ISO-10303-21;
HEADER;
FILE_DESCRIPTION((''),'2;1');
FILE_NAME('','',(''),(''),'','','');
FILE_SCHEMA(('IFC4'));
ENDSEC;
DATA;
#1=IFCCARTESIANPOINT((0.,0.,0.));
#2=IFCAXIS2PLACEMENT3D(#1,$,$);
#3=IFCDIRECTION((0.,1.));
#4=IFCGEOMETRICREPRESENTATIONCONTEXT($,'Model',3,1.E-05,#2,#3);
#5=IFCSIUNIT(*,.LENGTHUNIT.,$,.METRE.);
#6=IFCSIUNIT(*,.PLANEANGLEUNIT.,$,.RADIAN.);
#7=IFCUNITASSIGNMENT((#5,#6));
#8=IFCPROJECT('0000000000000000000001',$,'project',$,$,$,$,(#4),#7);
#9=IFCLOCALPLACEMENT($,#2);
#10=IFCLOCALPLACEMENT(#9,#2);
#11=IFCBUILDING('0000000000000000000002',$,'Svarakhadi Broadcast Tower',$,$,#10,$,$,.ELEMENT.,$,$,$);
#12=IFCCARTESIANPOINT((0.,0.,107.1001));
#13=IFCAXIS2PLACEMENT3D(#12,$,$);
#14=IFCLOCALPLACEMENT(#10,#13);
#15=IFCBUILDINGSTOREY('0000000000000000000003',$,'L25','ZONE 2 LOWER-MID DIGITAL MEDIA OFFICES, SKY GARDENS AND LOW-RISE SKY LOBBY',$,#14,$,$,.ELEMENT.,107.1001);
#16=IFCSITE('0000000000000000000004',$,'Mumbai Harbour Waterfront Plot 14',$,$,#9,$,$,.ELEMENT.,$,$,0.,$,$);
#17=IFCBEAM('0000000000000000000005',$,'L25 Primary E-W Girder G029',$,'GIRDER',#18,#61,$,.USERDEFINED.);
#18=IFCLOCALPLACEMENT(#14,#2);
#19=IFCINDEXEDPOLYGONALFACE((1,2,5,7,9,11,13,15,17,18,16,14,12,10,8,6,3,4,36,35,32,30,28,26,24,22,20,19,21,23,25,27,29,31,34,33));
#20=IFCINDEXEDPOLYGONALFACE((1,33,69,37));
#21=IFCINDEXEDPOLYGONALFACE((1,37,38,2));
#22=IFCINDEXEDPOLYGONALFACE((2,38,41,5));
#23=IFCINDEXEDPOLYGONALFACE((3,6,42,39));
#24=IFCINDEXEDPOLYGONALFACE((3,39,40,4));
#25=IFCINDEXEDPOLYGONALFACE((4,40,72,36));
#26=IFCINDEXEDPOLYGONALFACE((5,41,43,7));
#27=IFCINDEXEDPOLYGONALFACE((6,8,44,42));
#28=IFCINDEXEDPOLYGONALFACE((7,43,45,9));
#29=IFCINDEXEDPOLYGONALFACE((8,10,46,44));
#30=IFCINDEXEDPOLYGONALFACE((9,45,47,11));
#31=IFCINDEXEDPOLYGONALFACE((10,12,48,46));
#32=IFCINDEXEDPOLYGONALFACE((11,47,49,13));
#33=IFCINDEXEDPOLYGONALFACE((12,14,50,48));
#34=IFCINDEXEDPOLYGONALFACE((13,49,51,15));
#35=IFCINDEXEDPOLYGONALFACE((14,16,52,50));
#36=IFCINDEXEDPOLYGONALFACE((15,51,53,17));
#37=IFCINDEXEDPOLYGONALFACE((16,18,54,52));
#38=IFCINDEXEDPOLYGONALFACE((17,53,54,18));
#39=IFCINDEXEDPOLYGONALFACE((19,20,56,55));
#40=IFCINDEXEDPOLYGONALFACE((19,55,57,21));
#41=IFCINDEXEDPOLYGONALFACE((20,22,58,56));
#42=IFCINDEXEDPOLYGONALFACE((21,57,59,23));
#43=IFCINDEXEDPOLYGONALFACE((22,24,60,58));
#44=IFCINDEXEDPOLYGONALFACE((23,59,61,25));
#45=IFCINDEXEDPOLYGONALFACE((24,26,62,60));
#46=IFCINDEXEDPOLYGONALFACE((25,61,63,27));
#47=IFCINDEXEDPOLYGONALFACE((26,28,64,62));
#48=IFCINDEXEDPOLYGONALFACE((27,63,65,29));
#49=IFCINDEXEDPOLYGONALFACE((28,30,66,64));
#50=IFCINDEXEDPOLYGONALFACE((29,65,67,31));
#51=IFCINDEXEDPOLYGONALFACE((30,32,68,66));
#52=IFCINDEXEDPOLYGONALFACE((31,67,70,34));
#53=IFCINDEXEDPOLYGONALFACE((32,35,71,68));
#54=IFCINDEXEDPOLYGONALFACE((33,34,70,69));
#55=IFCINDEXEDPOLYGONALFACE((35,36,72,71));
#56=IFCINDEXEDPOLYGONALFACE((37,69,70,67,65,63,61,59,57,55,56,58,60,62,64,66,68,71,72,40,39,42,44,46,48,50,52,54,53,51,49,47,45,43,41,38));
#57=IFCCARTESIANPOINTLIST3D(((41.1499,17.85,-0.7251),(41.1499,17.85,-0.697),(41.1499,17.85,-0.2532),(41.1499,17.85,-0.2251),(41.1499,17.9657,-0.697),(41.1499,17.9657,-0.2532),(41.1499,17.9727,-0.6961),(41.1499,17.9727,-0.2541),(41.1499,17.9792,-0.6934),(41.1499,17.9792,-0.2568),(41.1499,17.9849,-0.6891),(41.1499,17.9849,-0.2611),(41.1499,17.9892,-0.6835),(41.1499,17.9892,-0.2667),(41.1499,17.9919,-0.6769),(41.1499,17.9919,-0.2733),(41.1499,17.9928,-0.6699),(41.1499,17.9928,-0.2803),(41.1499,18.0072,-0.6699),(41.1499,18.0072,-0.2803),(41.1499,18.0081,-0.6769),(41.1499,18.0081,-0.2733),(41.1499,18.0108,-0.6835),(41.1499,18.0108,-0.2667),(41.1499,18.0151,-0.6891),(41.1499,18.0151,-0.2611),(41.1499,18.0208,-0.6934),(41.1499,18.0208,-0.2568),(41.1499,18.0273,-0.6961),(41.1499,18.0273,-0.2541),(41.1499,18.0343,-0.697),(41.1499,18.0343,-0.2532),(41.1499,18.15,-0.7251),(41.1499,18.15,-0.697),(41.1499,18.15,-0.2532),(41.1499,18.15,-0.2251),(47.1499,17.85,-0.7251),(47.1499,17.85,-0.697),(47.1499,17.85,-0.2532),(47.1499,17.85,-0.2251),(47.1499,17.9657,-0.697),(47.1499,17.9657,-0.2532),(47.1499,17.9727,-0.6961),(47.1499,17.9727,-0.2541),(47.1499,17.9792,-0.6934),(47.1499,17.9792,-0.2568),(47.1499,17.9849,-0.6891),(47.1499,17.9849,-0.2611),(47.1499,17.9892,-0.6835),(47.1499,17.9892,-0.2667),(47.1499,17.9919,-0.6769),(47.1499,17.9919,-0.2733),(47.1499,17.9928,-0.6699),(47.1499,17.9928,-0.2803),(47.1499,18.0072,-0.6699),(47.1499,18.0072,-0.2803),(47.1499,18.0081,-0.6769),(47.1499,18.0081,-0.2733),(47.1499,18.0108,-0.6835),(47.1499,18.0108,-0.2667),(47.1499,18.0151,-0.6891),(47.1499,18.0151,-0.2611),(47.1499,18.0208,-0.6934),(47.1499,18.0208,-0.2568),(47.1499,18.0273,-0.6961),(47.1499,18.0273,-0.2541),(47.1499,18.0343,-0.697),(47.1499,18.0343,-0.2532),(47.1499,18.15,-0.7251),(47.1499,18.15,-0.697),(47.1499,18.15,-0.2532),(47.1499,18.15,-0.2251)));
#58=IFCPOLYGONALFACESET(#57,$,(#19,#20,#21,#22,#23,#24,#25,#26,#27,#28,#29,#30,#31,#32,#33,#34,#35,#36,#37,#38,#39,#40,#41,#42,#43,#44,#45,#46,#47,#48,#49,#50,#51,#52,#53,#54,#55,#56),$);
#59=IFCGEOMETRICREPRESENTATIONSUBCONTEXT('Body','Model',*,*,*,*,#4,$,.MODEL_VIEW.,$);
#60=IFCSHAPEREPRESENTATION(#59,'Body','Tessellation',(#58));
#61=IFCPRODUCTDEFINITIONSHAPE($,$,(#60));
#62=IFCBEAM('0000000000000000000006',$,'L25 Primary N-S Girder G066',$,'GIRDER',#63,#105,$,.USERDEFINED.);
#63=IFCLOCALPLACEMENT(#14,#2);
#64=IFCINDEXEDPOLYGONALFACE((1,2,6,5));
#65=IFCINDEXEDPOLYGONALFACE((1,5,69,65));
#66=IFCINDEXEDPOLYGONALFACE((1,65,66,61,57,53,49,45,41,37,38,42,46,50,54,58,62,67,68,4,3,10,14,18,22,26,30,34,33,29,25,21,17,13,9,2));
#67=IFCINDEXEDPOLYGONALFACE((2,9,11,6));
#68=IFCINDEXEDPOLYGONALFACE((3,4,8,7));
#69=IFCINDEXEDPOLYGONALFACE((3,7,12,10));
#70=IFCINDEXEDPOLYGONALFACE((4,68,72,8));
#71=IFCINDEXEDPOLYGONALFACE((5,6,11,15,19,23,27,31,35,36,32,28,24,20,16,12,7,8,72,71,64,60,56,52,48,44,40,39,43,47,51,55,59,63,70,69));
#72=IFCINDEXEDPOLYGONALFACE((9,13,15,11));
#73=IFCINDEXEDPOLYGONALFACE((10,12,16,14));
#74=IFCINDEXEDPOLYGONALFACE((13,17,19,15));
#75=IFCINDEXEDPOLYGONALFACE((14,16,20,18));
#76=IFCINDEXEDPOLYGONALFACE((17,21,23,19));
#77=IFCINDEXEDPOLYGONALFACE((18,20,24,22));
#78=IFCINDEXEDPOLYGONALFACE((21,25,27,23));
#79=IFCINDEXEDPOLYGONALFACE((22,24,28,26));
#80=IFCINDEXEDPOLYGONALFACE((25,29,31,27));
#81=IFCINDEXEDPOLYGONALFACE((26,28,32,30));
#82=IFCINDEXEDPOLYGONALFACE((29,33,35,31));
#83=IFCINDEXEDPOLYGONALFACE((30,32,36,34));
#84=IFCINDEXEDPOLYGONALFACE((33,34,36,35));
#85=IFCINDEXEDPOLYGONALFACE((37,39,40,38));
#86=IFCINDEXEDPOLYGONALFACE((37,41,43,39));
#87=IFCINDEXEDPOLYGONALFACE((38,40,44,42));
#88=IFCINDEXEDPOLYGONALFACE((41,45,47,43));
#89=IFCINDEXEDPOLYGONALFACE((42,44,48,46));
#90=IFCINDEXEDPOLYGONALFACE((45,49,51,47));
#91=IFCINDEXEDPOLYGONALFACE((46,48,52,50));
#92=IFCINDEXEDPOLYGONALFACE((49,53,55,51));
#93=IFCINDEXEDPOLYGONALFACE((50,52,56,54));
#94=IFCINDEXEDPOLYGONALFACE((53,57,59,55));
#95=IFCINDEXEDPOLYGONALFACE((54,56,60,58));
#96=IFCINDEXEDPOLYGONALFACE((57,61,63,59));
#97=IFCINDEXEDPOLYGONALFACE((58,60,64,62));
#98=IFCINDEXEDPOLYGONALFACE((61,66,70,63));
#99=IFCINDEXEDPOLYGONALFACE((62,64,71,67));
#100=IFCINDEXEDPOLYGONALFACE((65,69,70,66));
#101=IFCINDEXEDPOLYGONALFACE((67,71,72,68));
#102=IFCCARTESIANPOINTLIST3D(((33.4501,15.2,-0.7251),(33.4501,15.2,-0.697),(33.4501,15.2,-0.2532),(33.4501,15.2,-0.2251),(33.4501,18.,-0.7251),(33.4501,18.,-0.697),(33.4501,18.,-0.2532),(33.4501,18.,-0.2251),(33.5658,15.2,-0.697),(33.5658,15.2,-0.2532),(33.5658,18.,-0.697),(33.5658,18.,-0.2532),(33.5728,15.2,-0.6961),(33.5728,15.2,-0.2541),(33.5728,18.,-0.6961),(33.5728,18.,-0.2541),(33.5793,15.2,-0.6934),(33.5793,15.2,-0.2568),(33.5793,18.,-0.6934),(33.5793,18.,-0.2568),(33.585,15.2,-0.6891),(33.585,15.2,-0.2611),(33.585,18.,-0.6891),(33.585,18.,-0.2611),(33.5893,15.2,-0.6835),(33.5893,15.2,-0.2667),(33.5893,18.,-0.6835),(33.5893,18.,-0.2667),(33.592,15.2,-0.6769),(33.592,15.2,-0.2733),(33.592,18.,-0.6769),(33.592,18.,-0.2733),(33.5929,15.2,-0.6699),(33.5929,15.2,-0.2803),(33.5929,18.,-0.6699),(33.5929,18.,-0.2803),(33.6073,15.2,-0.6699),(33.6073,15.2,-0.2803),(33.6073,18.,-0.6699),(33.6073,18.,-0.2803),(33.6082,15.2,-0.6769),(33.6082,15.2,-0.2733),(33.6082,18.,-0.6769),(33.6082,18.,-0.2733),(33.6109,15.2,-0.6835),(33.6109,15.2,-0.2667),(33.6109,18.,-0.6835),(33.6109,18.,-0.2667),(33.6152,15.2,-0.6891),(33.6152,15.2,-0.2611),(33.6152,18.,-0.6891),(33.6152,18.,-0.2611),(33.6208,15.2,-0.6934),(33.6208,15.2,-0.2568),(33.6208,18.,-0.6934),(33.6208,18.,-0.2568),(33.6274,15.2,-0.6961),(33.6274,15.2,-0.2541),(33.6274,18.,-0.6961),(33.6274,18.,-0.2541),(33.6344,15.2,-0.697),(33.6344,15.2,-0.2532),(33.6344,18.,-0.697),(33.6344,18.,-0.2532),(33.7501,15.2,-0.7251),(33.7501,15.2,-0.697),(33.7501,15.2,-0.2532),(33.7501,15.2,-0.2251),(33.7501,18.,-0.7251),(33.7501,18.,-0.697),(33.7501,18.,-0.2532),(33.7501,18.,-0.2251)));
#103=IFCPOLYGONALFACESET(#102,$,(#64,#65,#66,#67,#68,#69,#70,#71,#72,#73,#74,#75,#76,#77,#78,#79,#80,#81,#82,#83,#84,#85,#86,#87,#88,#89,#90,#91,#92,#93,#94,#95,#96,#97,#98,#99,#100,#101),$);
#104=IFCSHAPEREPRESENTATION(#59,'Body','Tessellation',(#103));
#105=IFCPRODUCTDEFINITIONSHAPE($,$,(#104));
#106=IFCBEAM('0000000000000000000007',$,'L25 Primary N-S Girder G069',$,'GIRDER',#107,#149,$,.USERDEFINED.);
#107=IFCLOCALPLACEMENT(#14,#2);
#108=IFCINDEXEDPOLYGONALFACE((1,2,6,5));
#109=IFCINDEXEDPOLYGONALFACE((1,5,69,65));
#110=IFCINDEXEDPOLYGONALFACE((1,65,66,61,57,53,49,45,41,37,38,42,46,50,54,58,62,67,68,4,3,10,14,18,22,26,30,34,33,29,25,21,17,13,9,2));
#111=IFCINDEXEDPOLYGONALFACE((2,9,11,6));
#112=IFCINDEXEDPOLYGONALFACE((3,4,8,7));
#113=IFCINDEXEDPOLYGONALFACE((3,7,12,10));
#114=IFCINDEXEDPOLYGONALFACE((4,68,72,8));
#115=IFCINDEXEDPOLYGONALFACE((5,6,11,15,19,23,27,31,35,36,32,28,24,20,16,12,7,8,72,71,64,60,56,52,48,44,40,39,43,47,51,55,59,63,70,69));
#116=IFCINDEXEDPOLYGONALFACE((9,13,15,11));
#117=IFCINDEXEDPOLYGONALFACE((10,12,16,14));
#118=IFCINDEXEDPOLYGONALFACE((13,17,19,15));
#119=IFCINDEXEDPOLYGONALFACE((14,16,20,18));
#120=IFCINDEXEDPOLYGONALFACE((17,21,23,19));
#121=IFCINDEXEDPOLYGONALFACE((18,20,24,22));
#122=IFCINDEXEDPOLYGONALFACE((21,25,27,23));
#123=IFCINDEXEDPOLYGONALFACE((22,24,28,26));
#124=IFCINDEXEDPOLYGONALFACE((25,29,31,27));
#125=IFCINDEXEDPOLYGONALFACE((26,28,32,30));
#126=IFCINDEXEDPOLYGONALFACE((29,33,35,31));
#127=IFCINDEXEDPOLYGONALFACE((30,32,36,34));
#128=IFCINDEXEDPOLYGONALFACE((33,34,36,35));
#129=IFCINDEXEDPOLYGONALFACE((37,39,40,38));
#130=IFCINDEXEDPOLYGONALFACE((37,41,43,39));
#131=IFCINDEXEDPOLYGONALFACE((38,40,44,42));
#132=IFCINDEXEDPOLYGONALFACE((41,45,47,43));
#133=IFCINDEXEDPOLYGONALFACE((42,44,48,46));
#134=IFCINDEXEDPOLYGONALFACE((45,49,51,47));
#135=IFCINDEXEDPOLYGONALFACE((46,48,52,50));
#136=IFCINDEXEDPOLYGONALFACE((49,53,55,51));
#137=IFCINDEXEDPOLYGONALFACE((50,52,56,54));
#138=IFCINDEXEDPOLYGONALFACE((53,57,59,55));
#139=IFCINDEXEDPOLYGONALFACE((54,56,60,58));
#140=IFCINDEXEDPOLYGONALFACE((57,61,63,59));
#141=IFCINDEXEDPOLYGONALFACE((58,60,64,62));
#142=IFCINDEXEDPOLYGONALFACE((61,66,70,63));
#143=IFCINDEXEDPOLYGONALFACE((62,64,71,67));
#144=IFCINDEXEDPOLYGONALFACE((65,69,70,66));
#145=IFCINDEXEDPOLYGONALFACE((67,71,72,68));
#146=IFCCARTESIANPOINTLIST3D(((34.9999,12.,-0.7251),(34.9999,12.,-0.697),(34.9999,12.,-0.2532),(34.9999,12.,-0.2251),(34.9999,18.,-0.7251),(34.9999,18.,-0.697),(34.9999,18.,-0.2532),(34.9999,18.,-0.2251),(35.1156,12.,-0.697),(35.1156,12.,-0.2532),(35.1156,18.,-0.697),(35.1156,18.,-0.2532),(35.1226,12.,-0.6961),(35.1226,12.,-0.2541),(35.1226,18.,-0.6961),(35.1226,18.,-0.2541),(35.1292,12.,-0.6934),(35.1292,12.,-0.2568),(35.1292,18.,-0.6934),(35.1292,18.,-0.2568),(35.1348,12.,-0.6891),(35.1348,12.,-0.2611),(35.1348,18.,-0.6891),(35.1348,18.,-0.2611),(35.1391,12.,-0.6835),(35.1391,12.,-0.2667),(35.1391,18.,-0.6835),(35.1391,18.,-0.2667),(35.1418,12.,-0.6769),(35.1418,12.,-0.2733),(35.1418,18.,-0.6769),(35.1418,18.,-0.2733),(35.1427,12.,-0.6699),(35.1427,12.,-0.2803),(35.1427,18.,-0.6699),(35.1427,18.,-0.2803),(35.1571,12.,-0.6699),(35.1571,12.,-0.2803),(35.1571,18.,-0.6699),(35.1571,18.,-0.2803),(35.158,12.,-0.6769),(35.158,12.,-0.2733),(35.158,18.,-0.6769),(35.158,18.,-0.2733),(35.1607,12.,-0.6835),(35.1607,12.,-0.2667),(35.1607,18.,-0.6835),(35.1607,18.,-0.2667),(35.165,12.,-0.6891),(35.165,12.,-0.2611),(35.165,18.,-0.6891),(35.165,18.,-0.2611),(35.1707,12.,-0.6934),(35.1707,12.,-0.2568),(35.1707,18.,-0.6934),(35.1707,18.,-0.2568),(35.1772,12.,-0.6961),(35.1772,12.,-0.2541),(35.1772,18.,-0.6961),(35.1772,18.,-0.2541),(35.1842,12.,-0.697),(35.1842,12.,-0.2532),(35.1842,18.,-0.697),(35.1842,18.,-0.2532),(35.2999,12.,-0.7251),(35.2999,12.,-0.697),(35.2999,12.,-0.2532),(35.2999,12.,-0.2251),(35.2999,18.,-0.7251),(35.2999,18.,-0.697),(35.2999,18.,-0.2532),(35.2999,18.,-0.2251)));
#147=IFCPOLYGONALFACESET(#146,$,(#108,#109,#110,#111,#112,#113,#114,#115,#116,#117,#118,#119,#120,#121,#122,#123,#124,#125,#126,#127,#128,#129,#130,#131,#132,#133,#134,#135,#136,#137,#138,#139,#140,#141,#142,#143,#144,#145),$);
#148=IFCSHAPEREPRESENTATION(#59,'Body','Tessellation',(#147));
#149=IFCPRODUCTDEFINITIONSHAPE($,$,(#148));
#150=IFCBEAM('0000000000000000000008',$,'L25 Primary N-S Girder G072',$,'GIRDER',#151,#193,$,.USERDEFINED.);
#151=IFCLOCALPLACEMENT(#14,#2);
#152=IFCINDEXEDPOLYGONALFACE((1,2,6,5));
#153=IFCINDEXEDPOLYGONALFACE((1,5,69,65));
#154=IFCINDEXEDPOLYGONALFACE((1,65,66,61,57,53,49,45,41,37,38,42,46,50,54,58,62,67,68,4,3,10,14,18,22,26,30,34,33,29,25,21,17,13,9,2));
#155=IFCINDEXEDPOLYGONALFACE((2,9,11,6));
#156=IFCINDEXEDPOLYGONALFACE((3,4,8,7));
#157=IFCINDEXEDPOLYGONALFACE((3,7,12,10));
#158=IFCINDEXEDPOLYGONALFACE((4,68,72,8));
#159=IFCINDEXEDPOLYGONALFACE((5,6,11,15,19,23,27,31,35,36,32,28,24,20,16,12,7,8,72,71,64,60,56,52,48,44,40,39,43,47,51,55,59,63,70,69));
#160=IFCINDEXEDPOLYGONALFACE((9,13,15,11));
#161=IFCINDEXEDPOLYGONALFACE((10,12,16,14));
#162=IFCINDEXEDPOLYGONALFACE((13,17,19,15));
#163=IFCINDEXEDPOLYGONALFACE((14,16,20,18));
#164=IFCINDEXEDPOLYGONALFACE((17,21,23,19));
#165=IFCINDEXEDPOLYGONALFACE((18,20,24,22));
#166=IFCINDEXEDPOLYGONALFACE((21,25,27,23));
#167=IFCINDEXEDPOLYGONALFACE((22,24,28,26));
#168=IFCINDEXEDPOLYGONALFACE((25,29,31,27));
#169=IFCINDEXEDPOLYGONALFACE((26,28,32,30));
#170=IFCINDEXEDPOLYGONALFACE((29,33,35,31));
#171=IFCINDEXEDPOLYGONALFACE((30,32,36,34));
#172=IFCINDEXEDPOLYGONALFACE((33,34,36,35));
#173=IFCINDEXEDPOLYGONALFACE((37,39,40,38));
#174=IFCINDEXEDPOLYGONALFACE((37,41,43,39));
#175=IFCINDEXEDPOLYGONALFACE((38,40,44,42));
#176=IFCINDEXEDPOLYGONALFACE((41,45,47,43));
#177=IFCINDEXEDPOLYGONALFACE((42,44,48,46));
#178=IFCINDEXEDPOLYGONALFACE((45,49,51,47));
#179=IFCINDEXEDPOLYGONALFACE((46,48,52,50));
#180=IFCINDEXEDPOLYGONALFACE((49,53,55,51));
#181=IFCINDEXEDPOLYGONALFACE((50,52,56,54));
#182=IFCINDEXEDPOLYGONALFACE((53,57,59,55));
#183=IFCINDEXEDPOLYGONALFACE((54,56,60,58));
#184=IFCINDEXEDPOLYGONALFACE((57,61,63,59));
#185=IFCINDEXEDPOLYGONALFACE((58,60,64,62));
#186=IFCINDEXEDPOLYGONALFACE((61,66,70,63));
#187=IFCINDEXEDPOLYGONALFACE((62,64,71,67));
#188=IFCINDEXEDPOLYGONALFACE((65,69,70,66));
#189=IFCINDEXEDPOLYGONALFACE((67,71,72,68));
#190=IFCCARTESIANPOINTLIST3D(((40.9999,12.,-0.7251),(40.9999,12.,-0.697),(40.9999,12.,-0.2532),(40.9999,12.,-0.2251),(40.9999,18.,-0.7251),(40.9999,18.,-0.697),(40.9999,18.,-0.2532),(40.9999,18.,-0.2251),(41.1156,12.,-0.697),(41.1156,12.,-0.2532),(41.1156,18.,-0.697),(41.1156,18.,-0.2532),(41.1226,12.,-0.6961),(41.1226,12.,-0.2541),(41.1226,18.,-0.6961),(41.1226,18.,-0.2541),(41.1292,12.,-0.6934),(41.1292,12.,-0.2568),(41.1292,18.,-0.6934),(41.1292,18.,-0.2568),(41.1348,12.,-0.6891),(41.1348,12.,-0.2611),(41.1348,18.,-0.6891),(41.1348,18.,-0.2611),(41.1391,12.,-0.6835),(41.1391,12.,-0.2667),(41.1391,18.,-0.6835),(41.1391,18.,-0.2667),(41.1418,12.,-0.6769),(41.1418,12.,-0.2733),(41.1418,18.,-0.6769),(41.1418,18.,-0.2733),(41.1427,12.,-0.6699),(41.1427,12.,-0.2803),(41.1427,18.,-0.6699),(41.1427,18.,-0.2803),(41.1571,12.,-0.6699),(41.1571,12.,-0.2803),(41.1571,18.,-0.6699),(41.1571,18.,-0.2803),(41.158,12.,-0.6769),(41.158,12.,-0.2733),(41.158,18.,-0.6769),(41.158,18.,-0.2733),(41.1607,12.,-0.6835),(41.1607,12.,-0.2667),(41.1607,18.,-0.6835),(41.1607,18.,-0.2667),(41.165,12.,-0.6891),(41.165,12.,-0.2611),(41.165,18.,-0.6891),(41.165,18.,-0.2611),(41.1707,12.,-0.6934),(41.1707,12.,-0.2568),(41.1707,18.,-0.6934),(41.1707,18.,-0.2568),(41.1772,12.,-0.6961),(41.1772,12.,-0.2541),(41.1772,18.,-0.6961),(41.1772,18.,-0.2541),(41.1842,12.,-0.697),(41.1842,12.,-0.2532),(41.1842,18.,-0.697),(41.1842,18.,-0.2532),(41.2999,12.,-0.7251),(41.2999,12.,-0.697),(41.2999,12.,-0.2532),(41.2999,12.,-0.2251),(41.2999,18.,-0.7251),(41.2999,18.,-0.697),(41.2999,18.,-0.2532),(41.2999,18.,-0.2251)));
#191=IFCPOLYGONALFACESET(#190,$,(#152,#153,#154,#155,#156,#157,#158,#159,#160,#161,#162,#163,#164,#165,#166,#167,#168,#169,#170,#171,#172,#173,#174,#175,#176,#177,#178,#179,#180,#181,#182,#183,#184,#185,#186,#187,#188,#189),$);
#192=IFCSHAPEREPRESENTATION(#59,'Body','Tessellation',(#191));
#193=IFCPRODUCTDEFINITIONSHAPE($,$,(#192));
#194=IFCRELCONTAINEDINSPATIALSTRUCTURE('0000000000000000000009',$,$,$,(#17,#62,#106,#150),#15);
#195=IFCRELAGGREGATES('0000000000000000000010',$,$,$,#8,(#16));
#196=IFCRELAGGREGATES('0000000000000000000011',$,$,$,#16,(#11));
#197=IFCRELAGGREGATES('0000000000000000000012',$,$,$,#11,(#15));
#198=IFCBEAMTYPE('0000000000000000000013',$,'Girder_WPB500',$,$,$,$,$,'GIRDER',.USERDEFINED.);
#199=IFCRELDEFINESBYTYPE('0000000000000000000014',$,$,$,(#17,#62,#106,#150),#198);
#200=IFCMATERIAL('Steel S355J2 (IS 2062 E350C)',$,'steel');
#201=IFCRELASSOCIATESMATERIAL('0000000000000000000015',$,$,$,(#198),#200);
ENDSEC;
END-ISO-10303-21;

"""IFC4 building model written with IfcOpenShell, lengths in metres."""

from ifc_helpers import new_model, si_unit, direction, frame, origin, origin_2d, place, context, subcontext, project, spatial, i_section, extrude, material, material_profile, profile_set, type_object, element, save


model = new_model("IFC4")

# Units and contexts
model_context = context("Model", 3, precision=1e-05, world=origin(), true_north=direction((0.0, 1.0)))
body_context = subcontext(model_context, "Body", "Model", "MODEL_VIEW")
ifc_project = project(units=[si_unit("LENGTHUNIT", "METRE"), si_unit("PLANEANGLEUNIT", "RADIAN")], contexts=[model_context])

# Site, building, storey
site_placement = place(None, origin())
site = spatial("IfcSite", under=ifc_project, at=site_placement, Name="Mumbai Harbour Waterfront Plot 14", CompositionType="ELEMENT", RefElevation=0.0)
building_placement = place(site_placement, origin())
building = spatial("IfcBuilding", under=site, at=building_placement, Name="Svarakhadi Broadcast Tower", CompositionType="ELEMENT")
storey_placement = place(building_placement, frame((0.0, 0.0, 107.1001)))
storey = spatial("IfcBuildingStorey", under=building, at=storey_placement, Name="L25", Description="ZONE 2 LOWER-MID DIGITAL MEDIA OFFICES, SKY GARDENS AND LOW-RISE SKY LOBBY", CompositionType="ELEMENT", Elevation=107.1001)

# Shared definitions
ifc_material_1 = material(Name="Steel S355J2 (IS 2062 E350C)", Category="steel")

# Beams
ifc_material_profile_1 = material_profile(ifc_material_1, i_section(OverallWidth=0.3, OverallDepth=0.5, WebThickness=0.0144, FlangeThickness=0.0281, FilletRadius=0.0271, at=origin_2d()), Name="WPB 500x300x187")
ifc_profile_set_1 = profile_set([ifc_material_profile_1], Name="Steel S355J2 (IS 2062 E350C)")
beam_type_1 = type_object("IfcBeamType", Name="Girder_WPB500", ElementType="GIRDER", PredefinedType="USERDEFINED", material=ifc_profile_set_1)
for number, where, z_axis, x_axis, name in (
    (1, (41.1499, 18.0, -0.4751), (1.0, 0.0, 0.0), (0.0, 1.0, 0.0), "L25 Primary E-W Girder G029"),
):
    element("IfcBeam", number, at=place(storey_placement, frame(where, z_axis=z_axis, x_axis=x_axis)), inside=storey, type_object=beam_type_1, Name=name, ObjectType="GIRDER", PredefinedType="USERDEFINED", context=body_context, shape_type="SweptSolid", body=[
        extrude(i_section(OverallWidth=0.3, OverallDepth=0.5, WebThickness=0.0144, FlangeThickness=0.0281, FilletRadius=0.0271, at=origin_2d()), origin(), (0.0, 0.0, 1.0), 6.0),
    ])
beam_placement = place(storey_placement, frame((33.6001, 15.2, -0.4751), z_axis=(0.0, 1.0, 0.0), x_axis=(-1.0, 0.0, 0.0)))
element("IfcBeam", 2, at=beam_placement, inside=storey, type_object=beam_type_1, Name="L25 Primary N-S Girder G066", ObjectType="GIRDER", PredefinedType="USERDEFINED", context=body_context, shape_type="SweptSolid", body=[
    extrude(i_section(OverallWidth=0.3, OverallDepth=0.5, WebThickness=0.0144, FlangeThickness=0.0281, FilletRadius=0.0271, at=origin_2d()), origin(), (0.0, 0.0, 1.0), 2.8),
])
for number, where, z_axis, x_axis, name in (
    (3, (35.1499, 12.0, -0.4751), (0.0, 1.0, 0.0), (-1.0, 0.0, 0.0), "L25 Primary N-S Girder G069"),
    (4, (41.1499, 12.0, -0.4751), (0.0, 1.0, 0.0), (-1.0, 0.0, 0.0), "L25 Primary N-S Girder G072"),
):
    element("IfcBeam", number, at=place(storey_placement, frame(where, z_axis=z_axis, x_axis=x_axis)), inside=storey, type_object=beam_type_1, Name=name, ObjectType="GIRDER", PredefinedType="USERDEFINED", context=body_context, shape_type="SweptSolid", body=[
        extrude(i_section(OverallWidth=0.3, OverallDepth=0.5, WebThickness=0.0144, FlangeThickness=0.0281, FilletRadius=0.0271, at=origin_2d()), origin(), (0.0, 0.0, 1.0), 6.0),
    ])

save(model, "model.ifc")
